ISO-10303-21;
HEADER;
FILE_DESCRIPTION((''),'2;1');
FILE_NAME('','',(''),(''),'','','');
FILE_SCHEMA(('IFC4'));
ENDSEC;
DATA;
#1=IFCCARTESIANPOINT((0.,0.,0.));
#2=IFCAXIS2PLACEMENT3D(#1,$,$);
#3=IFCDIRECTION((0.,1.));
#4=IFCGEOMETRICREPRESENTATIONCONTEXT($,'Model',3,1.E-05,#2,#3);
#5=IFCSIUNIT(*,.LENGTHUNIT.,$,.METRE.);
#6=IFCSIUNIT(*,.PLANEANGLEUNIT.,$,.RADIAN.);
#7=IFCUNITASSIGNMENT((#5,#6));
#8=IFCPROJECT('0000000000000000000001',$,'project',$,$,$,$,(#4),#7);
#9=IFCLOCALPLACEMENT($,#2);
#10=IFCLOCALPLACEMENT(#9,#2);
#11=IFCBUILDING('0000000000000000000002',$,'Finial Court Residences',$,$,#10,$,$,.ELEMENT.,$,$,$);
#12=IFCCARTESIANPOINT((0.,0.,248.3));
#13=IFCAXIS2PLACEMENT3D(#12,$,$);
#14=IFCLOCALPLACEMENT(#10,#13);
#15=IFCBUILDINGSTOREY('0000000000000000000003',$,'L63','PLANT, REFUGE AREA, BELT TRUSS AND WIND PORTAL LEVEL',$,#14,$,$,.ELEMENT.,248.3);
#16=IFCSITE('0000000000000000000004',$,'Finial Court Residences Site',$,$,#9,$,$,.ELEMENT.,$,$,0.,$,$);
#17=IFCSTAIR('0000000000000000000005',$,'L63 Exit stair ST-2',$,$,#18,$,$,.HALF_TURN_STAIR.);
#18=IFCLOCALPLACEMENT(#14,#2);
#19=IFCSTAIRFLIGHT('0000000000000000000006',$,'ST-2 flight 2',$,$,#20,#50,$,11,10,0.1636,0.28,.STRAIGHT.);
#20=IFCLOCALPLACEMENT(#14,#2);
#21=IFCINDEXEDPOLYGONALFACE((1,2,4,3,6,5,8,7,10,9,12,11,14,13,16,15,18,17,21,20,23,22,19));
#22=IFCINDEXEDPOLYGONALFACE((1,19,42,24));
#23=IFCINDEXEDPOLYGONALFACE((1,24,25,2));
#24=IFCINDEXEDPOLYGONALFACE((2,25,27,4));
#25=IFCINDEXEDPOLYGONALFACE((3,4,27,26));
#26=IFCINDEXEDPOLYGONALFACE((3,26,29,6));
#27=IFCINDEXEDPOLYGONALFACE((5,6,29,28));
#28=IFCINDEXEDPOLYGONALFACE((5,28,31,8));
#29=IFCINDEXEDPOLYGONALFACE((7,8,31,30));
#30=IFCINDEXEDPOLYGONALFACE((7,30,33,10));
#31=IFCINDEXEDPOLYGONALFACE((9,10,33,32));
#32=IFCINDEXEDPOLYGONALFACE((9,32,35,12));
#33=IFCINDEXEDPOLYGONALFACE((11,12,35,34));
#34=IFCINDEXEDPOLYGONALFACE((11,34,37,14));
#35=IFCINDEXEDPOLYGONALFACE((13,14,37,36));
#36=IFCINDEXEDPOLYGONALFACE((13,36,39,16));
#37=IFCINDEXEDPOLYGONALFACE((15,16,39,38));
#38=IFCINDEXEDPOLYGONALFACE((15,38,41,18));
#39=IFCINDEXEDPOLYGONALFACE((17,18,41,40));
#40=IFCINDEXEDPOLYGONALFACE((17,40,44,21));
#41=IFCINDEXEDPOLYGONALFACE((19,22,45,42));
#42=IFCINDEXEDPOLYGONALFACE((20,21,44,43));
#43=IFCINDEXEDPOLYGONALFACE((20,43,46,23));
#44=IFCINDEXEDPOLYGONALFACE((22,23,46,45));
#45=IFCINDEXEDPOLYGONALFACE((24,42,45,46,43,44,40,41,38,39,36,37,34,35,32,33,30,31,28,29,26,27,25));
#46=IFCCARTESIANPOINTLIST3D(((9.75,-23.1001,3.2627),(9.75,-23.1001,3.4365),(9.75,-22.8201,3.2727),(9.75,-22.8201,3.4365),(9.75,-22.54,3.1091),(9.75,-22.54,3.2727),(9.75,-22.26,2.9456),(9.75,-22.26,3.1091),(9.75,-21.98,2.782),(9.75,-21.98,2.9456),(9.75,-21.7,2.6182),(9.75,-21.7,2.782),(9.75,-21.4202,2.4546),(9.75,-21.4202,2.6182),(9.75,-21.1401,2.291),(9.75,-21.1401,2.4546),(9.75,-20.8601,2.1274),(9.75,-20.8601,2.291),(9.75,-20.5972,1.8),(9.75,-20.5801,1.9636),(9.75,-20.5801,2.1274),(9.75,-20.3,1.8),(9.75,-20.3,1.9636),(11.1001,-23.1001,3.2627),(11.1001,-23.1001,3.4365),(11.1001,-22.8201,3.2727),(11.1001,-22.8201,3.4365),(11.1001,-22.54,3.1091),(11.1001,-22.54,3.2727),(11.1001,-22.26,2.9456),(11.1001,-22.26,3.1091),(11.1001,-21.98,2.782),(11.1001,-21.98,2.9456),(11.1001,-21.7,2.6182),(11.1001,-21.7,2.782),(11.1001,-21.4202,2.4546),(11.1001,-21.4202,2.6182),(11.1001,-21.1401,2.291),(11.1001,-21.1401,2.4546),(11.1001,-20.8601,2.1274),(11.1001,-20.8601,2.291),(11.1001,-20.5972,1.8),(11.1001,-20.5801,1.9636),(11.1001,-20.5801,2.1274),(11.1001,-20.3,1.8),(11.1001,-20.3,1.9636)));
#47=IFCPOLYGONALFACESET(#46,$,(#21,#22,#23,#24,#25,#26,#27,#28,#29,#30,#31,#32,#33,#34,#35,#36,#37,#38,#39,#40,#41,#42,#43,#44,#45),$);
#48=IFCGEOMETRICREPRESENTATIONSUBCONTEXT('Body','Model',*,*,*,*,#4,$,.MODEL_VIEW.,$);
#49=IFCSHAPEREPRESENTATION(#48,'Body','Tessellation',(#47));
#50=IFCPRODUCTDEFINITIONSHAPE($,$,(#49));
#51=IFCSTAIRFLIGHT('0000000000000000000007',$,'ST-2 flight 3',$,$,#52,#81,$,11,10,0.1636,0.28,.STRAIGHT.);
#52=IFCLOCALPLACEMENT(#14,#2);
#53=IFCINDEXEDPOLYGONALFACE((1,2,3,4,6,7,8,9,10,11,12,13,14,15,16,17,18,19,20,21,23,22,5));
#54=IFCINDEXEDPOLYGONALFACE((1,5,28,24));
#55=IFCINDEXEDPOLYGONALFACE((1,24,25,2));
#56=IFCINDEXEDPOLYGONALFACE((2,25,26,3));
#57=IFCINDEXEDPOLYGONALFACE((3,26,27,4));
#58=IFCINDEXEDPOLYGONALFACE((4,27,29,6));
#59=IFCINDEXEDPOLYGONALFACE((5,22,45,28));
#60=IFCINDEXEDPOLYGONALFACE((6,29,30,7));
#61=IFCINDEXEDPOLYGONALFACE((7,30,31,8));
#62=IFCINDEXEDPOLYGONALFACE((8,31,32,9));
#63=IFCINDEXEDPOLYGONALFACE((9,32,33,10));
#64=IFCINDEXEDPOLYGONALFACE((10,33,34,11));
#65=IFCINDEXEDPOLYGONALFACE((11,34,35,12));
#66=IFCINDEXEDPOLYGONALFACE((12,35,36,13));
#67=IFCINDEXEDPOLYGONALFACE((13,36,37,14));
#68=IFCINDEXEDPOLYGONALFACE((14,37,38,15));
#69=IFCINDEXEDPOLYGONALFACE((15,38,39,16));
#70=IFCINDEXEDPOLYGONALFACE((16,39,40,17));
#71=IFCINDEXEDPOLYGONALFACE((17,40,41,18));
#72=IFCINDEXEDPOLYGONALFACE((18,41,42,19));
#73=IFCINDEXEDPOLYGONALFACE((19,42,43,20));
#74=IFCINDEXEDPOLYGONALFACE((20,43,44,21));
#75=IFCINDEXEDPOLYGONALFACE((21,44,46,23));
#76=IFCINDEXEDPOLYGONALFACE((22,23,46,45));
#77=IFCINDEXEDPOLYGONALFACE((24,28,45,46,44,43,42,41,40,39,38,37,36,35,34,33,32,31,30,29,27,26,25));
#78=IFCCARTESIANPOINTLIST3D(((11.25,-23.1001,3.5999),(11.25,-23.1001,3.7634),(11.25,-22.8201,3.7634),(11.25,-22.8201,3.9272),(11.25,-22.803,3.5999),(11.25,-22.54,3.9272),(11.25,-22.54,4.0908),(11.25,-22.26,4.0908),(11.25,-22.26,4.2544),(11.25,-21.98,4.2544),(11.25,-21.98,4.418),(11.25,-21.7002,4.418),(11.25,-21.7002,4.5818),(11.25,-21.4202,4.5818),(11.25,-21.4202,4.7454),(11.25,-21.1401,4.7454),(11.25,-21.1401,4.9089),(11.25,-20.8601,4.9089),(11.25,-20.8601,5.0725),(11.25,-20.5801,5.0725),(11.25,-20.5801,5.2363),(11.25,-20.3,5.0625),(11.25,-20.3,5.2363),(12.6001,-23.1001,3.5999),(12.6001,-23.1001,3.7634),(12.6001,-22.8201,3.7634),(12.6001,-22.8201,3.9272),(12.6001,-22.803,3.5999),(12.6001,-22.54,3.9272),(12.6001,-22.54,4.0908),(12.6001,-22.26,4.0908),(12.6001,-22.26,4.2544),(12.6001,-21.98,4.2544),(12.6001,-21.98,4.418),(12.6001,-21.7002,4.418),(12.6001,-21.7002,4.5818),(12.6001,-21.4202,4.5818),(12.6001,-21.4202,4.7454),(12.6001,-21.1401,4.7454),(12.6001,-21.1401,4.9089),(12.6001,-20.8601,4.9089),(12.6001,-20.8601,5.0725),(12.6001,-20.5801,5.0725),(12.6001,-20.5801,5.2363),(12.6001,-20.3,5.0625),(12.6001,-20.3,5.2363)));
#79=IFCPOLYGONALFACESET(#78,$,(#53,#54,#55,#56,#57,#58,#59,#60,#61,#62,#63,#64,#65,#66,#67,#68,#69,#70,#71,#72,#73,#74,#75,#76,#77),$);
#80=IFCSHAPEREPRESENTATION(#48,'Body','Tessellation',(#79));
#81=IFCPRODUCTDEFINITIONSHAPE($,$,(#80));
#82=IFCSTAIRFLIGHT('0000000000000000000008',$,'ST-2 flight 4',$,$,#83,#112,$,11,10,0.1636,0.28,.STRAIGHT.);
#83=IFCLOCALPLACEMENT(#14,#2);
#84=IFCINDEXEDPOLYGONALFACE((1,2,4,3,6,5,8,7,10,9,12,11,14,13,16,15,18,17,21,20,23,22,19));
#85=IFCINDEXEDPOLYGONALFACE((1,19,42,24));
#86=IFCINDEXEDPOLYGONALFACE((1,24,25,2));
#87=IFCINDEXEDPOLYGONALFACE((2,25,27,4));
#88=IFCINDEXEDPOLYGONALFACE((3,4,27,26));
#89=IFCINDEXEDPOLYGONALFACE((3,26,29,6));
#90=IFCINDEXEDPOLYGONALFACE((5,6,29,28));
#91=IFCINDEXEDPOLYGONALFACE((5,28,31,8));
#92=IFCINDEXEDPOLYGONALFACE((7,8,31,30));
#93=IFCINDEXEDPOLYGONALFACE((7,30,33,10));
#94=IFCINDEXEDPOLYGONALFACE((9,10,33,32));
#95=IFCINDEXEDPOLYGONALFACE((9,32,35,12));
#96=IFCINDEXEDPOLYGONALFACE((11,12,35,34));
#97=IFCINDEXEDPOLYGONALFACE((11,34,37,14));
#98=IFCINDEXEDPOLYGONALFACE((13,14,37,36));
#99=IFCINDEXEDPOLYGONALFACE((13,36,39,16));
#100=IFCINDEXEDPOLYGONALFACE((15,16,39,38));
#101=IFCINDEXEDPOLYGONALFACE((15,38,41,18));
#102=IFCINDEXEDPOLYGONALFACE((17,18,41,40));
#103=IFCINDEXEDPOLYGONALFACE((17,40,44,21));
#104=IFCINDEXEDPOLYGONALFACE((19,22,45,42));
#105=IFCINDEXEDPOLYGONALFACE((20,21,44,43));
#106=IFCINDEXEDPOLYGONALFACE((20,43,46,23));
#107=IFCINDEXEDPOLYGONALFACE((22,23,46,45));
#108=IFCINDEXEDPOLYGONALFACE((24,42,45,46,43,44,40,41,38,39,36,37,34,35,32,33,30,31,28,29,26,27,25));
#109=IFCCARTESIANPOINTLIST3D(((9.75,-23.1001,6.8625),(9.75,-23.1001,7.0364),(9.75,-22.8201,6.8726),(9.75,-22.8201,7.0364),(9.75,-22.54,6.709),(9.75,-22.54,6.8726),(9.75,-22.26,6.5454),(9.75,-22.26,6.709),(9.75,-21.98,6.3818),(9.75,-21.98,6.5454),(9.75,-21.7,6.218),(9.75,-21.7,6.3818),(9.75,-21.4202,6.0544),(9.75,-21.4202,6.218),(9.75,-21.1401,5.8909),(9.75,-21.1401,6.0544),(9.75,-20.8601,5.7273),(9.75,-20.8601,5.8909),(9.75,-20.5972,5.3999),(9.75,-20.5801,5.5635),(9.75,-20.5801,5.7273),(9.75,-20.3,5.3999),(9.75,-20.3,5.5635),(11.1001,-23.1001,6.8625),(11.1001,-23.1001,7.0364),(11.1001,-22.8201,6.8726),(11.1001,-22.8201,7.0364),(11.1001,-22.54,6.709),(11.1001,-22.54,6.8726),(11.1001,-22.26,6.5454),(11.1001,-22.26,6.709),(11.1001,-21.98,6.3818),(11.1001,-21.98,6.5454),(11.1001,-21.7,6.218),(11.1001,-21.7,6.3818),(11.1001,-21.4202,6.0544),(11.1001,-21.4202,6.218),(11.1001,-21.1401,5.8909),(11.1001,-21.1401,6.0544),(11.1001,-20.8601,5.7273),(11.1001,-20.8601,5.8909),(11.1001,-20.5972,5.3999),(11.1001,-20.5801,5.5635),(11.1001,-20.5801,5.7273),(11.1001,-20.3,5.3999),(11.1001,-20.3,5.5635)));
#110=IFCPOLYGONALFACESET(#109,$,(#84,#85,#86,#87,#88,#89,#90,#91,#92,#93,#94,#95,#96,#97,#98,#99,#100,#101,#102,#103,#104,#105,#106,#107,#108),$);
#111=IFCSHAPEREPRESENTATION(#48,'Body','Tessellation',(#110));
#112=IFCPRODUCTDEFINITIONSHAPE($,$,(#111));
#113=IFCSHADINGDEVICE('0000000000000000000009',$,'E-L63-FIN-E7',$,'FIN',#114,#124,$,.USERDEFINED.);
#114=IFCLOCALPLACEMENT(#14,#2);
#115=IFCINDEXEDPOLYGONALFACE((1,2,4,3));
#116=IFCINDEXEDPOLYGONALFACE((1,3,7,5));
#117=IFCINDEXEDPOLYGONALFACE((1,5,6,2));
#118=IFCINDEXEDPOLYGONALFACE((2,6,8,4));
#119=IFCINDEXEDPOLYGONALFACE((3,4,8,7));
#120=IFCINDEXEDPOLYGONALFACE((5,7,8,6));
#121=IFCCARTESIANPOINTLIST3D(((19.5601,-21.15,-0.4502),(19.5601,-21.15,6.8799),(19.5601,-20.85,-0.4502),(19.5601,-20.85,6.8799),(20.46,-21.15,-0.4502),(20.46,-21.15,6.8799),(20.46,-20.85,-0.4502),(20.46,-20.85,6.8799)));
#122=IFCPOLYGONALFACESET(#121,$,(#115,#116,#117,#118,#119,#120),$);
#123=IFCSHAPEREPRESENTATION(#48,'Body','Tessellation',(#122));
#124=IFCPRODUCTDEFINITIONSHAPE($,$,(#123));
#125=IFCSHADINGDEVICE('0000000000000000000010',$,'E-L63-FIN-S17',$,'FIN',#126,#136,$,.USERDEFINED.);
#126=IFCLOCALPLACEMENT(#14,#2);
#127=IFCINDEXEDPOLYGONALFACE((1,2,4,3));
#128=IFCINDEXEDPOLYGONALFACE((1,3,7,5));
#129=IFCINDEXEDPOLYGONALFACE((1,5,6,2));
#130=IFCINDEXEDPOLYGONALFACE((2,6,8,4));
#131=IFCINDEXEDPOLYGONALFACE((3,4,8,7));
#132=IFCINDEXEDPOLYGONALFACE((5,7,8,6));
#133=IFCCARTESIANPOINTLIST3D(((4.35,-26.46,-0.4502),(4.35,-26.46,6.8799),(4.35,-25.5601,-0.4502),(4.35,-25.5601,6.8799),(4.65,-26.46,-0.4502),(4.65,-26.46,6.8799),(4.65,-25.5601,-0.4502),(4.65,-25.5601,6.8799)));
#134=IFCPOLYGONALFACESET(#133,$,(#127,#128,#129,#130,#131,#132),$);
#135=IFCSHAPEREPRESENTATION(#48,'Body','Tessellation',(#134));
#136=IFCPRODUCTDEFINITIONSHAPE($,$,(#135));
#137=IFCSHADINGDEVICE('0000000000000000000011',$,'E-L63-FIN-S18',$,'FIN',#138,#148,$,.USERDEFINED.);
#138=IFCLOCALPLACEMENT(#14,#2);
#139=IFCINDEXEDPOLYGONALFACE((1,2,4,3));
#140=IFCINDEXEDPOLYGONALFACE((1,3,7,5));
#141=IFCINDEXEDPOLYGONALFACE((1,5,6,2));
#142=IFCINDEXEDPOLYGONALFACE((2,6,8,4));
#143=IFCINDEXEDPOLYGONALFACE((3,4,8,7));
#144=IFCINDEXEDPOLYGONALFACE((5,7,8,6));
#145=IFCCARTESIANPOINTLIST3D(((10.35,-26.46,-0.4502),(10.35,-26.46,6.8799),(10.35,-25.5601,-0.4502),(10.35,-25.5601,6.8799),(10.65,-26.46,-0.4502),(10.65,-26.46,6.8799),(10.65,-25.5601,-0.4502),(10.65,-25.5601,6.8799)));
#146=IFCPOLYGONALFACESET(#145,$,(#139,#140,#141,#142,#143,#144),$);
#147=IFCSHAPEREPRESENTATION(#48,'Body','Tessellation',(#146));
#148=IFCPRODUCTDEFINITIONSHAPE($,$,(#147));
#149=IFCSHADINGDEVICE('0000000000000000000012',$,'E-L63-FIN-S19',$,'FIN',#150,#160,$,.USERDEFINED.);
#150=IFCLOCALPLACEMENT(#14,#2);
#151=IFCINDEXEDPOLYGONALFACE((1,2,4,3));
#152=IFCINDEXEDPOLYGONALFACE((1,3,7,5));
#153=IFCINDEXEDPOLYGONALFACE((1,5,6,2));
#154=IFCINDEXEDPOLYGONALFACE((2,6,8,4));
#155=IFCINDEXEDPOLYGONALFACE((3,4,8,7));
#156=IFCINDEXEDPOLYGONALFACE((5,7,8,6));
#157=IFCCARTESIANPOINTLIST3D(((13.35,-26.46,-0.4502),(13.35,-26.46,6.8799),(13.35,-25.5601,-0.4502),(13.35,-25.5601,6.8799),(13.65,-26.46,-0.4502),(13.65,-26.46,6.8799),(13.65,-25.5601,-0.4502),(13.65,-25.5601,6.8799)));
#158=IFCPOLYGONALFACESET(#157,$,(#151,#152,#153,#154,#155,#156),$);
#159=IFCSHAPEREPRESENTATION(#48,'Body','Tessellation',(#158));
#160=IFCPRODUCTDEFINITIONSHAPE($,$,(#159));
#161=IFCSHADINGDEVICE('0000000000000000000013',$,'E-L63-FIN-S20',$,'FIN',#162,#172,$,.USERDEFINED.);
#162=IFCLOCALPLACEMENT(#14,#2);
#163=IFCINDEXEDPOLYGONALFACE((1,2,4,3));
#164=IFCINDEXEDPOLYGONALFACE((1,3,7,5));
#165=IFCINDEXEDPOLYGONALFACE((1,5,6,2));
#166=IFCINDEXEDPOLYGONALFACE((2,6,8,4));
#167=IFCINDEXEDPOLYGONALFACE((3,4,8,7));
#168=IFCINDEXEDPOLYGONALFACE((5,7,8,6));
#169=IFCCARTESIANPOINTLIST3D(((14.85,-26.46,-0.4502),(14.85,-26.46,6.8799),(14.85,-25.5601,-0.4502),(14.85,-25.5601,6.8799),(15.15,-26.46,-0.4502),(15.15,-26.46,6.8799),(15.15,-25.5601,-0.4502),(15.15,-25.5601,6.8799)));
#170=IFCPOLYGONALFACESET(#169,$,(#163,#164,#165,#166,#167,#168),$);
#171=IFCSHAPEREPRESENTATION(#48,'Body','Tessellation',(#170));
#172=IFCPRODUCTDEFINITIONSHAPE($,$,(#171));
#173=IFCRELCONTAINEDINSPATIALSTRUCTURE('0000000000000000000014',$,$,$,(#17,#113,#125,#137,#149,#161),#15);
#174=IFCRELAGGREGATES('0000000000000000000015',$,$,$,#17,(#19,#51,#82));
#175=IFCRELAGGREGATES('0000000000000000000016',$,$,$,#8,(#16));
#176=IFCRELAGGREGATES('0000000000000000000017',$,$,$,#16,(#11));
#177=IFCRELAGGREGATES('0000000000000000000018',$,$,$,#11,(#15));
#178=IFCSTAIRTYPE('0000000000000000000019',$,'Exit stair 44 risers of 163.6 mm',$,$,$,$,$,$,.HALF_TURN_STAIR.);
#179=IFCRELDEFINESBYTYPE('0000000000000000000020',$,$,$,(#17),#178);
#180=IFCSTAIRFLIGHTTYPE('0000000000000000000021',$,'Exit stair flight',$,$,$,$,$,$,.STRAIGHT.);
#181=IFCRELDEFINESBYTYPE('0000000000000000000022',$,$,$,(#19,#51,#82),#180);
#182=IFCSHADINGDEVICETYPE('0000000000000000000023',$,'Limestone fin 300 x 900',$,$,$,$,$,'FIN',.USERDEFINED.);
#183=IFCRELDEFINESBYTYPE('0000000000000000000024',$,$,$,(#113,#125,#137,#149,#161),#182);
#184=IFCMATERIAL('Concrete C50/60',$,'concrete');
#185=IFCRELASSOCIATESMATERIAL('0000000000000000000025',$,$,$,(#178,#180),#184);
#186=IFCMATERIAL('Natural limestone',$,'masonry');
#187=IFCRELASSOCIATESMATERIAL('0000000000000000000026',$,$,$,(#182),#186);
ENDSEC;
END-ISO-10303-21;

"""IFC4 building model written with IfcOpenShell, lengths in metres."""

from ifc_helpers import new_model, si_unit, direction, frame, origin, origin_2d, place, context, subcontext, project, spatial, polyline, rectangle, outline, extrude, material, type_object, element, aggregate, save


model = new_model("IFC4")

# Units and contexts
model_context = context("Model", 3, precision=1e-05, world=origin(), true_north=direction((0.0, 1.0)))
body_context = subcontext(model_context, "Body", "Model", "MODEL_VIEW")
ifc_project = project(units=[si_unit("LENGTHUNIT", "METRE"), si_unit("PLANEANGLEUNIT", "RADIAN")], contexts=[model_context])

# Site, building, storey
site_placement = place(None, origin())
site = spatial("IfcSite", under=ifc_project, at=site_placement, Name="Finial Court Residences Site", CompositionType="ELEMENT", RefElevation=0.0)
building_placement = place(site_placement, origin())
building = spatial("IfcBuilding", under=site, at=building_placement, Name="Finial Court Residences", CompositionType="ELEMENT")
storey_placement = place(building_placement, frame((0.0, 0.0, 248.3)))
storey = spatial("IfcBuildingStorey", under=building, at=storey_placement, Name="L63", Description="PLANT, REFUGE AREA, BELT TRUSS AND WIND PORTAL LEVEL", CompositionType="ELEMENT", Elevation=248.3)

# Shared definitions
ifc_material_1 = material(Name="Natural limestone", Category="masonry")

# Stair, stair flights
ifc_material_2 = material(Name="Concrete C50/60", Category="concrete")
stair_type = type_object("IfcStairType", Name="Exit stair 44 risers of 163.6 mm", PredefinedType="HALF_TURN_STAIR", material=ifc_material_2)
stair_placement = place(storey_placement, origin())
stair = element("IfcStair", 1, at=stair_placement, inside=storey, type_object=stair_type, Name="L63 Exit stair ST-2", PredefinedType="HALF_TURN_STAIR")
stair_flight_type = type_object("IfcStairFlightType", Name="Exit stair flight", PredefinedType="STRAIGHT", material=ifc_material_2)
stair_flight_1_placement = place(storey_placement, frame((10.425, -20.3, 1.8), z_axis=(0.0, 0.0, 1.0), x_axis=(0.0, -1.0, 0.0)))
stair_flight_1 = element("IfcStairFlight", 2, at=stair_flight_1_placement, type_object=stair_flight_type, Name="ST-2 flight 2", NumberOfRisers=11, NumberOfTreads=10, PredefinedType="STRAIGHT", RiserHeight=0.1636, TreadLength=0.28, context=body_context, shape_type="SweptSolid", body=[
    extrude(outline(polyline([(0.0, 0.0), (0.0, 0.1636), (0.28, 0.1636), (0.28, 0.3274), (0.5601, 0.3274), (0.5601, 0.491), (0.8401, 0.491), (0.8401, 0.6545), (1.1201, 0.6545), (1.1201, 0.8181), (1.3999, 0.8181), (1.3999, 0.9819), (1.6799, 0.9819), (1.6799, 1.1455), (1.96, 1.1455), (1.96, 1.3091), (2.24, 1.3091), (2.24, 1.4727), (2.52, 1.4727), (2.52, 1.6365), (2.8, 1.6365), (2.8, 1.8), (2.8, 1.4626), (0.2971, 0.0), (0.0, 0.0)])), frame((0.0, 0.675, 0.0), z_axis=(0.0, -1.0, 0.0), x_axis=(1.0, 0.0, 0.0)), (0.0, 0.0, 1.0), 1.3501),
])
stair_flight_2_placement = place(storey_placement, frame((11.925, -23.1001, 3.5999), z_axis=(0.0, 0.0, 1.0), x_axis=(0.0, 1.0, 0.0)))
stair_flight_2 = element("IfcStairFlight", 3, at=stair_flight_2_placement, type_object=stair_flight_type, Name="ST-2 flight 3", NumberOfRisers=11, NumberOfTreads=10, PredefinedType="STRAIGHT", RiserHeight=0.1636, TreadLength=0.28, context=body_context, shape_type="SweptSolid", body=[
    extrude(outline(polyline([(0.0, 0.0), (0.0, 0.1636), (0.28, 0.1636), (0.28, 0.3274), (0.5601, 0.3274), (0.5601, 0.491), (0.8401, 0.491), (0.8401, 0.6545), (1.1201, 0.6545), (1.1201, 0.8181), (1.3999, 0.8181), (1.3999, 0.9819), (1.6799, 0.9819), (1.6799, 1.1455), (1.96, 1.1455), (1.96, 1.3091), (2.24, 1.3091), (2.24, 1.4727), (2.52, 1.4727), (2.52, 1.6365), (2.8, 1.6365), (2.8, 1.8), (2.8, 1.4626), (0.2971, 0.0), (0.0, 0.0)])), frame((0.0, 0.675, 0.0), z_axis=(0.0, -1.0, 0.0), x_axis=(1.0, 0.0, 0.0)), (0.0, 0.0, 1.0), 1.3501),
])
stair_flight_3_placement = place(storey_placement, frame((10.425, -20.3, 5.3999), z_axis=(0.0, 0.0, 1.0), x_axis=(0.0, -1.0, 0.0)))
stair_flight_3 = element("IfcStairFlight", 4, at=stair_flight_3_placement, type_object=stair_flight_type, Name="ST-2 flight 4", NumberOfRisers=11, NumberOfTreads=10, PredefinedType="STRAIGHT", RiserHeight=0.1636, TreadLength=0.28, context=body_context, shape_type="SweptSolid", body=[
    extrude(outline(polyline([(0.0, 0.0), (0.0, 0.1636), (0.28, 0.1636), (0.28, 0.3274), (0.5601, 0.3274), (0.5601, 0.491), (0.8401, 0.491), (0.8401, 0.6545), (1.1201, 0.6545), (1.1201, 0.8181), (1.3999, 0.8181), (1.3999, 0.9819), (1.6799, 0.9819), (1.6799, 1.1455), (1.96, 1.1455), (1.96, 1.3091), (2.24, 1.3091), (2.24, 1.4727), (2.52, 1.4727), (2.52, 1.6365), (2.8, 1.6365), (2.8, 1.8), (2.8, 1.4626), (0.2971, 0.0), (0.0, 0.0)])), frame((0.0, 0.675, 0.0), z_axis=(0.0, -1.0, 0.0), x_axis=(1.0, 0.0, 0.0)), (0.0, 0.0, 1.0), 1.3501),
])
aggregate(stair, [stair_flight_1, stair_flight_2, stair_flight_3])

# Shading devices
shading_device_type = type_object("IfcShadingDeviceType", Name="Limestone fin 300 x 900", ElementType="FIN", PredefinedType="USERDEFINED", material=ifc_material_1)
shading_device_placement = place(storey_placement, frame((20.01, -21.0, -0.4502), z_axis=(0.0, 0.0, 1.0), x_axis=(1.0, 0.0, 0.0)))
element("IfcShadingDevice", 5, at=shading_device_placement, inside=storey, type_object=shading_device_type, Name="E-L63-FIN-E7", ObjectType="FIN", PredefinedType="USERDEFINED", context=body_context, shape_type="SweptSolid", body=[
    extrude(rectangle(XDim=0.8999, YDim=0.3, at=origin_2d()), origin(), (0.0, 0.0, 1.0), 7.3301),
])
for number, where, z_axis, x_axis, name in (
    (6, (4.5, -26.01, -0.4502), (0.0, 0.0, 1.0), (1.0, 0.0, 0.0), "E-L63-FIN-S17"),
    (7, (10.5, -26.01, -0.4502), (0.0, 0.0, 1.0), (1.0, 0.0, 0.0), "E-L63-FIN-S18"),
    (8, (13.5, -26.01, -0.4502), (0.0, 0.0, 1.0), (1.0, 0.0, 0.0), "E-L63-FIN-S19"),
    (9, (15.0, -26.01, -0.4502), (0.0, 0.0, 1.0), (1.0, 0.0, 0.0), "E-L63-FIN-S20"),
):
    element("IfcShadingDevice", number, at=place(storey_placement, frame(where, z_axis=z_axis, x_axis=x_axis)), inside=storey, type_object=shading_device_type, Name=name, ObjectType="FIN", PredefinedType="USERDEFINED", context=body_context, shape_type="SweptSolid", body=[
        extrude(rectangle(XDim=0.3, YDim=0.8999, at=origin_2d()), origin(), (0.0, 0.0, 1.0), 7.3301),
    ])

save(model, "model.ifc")
